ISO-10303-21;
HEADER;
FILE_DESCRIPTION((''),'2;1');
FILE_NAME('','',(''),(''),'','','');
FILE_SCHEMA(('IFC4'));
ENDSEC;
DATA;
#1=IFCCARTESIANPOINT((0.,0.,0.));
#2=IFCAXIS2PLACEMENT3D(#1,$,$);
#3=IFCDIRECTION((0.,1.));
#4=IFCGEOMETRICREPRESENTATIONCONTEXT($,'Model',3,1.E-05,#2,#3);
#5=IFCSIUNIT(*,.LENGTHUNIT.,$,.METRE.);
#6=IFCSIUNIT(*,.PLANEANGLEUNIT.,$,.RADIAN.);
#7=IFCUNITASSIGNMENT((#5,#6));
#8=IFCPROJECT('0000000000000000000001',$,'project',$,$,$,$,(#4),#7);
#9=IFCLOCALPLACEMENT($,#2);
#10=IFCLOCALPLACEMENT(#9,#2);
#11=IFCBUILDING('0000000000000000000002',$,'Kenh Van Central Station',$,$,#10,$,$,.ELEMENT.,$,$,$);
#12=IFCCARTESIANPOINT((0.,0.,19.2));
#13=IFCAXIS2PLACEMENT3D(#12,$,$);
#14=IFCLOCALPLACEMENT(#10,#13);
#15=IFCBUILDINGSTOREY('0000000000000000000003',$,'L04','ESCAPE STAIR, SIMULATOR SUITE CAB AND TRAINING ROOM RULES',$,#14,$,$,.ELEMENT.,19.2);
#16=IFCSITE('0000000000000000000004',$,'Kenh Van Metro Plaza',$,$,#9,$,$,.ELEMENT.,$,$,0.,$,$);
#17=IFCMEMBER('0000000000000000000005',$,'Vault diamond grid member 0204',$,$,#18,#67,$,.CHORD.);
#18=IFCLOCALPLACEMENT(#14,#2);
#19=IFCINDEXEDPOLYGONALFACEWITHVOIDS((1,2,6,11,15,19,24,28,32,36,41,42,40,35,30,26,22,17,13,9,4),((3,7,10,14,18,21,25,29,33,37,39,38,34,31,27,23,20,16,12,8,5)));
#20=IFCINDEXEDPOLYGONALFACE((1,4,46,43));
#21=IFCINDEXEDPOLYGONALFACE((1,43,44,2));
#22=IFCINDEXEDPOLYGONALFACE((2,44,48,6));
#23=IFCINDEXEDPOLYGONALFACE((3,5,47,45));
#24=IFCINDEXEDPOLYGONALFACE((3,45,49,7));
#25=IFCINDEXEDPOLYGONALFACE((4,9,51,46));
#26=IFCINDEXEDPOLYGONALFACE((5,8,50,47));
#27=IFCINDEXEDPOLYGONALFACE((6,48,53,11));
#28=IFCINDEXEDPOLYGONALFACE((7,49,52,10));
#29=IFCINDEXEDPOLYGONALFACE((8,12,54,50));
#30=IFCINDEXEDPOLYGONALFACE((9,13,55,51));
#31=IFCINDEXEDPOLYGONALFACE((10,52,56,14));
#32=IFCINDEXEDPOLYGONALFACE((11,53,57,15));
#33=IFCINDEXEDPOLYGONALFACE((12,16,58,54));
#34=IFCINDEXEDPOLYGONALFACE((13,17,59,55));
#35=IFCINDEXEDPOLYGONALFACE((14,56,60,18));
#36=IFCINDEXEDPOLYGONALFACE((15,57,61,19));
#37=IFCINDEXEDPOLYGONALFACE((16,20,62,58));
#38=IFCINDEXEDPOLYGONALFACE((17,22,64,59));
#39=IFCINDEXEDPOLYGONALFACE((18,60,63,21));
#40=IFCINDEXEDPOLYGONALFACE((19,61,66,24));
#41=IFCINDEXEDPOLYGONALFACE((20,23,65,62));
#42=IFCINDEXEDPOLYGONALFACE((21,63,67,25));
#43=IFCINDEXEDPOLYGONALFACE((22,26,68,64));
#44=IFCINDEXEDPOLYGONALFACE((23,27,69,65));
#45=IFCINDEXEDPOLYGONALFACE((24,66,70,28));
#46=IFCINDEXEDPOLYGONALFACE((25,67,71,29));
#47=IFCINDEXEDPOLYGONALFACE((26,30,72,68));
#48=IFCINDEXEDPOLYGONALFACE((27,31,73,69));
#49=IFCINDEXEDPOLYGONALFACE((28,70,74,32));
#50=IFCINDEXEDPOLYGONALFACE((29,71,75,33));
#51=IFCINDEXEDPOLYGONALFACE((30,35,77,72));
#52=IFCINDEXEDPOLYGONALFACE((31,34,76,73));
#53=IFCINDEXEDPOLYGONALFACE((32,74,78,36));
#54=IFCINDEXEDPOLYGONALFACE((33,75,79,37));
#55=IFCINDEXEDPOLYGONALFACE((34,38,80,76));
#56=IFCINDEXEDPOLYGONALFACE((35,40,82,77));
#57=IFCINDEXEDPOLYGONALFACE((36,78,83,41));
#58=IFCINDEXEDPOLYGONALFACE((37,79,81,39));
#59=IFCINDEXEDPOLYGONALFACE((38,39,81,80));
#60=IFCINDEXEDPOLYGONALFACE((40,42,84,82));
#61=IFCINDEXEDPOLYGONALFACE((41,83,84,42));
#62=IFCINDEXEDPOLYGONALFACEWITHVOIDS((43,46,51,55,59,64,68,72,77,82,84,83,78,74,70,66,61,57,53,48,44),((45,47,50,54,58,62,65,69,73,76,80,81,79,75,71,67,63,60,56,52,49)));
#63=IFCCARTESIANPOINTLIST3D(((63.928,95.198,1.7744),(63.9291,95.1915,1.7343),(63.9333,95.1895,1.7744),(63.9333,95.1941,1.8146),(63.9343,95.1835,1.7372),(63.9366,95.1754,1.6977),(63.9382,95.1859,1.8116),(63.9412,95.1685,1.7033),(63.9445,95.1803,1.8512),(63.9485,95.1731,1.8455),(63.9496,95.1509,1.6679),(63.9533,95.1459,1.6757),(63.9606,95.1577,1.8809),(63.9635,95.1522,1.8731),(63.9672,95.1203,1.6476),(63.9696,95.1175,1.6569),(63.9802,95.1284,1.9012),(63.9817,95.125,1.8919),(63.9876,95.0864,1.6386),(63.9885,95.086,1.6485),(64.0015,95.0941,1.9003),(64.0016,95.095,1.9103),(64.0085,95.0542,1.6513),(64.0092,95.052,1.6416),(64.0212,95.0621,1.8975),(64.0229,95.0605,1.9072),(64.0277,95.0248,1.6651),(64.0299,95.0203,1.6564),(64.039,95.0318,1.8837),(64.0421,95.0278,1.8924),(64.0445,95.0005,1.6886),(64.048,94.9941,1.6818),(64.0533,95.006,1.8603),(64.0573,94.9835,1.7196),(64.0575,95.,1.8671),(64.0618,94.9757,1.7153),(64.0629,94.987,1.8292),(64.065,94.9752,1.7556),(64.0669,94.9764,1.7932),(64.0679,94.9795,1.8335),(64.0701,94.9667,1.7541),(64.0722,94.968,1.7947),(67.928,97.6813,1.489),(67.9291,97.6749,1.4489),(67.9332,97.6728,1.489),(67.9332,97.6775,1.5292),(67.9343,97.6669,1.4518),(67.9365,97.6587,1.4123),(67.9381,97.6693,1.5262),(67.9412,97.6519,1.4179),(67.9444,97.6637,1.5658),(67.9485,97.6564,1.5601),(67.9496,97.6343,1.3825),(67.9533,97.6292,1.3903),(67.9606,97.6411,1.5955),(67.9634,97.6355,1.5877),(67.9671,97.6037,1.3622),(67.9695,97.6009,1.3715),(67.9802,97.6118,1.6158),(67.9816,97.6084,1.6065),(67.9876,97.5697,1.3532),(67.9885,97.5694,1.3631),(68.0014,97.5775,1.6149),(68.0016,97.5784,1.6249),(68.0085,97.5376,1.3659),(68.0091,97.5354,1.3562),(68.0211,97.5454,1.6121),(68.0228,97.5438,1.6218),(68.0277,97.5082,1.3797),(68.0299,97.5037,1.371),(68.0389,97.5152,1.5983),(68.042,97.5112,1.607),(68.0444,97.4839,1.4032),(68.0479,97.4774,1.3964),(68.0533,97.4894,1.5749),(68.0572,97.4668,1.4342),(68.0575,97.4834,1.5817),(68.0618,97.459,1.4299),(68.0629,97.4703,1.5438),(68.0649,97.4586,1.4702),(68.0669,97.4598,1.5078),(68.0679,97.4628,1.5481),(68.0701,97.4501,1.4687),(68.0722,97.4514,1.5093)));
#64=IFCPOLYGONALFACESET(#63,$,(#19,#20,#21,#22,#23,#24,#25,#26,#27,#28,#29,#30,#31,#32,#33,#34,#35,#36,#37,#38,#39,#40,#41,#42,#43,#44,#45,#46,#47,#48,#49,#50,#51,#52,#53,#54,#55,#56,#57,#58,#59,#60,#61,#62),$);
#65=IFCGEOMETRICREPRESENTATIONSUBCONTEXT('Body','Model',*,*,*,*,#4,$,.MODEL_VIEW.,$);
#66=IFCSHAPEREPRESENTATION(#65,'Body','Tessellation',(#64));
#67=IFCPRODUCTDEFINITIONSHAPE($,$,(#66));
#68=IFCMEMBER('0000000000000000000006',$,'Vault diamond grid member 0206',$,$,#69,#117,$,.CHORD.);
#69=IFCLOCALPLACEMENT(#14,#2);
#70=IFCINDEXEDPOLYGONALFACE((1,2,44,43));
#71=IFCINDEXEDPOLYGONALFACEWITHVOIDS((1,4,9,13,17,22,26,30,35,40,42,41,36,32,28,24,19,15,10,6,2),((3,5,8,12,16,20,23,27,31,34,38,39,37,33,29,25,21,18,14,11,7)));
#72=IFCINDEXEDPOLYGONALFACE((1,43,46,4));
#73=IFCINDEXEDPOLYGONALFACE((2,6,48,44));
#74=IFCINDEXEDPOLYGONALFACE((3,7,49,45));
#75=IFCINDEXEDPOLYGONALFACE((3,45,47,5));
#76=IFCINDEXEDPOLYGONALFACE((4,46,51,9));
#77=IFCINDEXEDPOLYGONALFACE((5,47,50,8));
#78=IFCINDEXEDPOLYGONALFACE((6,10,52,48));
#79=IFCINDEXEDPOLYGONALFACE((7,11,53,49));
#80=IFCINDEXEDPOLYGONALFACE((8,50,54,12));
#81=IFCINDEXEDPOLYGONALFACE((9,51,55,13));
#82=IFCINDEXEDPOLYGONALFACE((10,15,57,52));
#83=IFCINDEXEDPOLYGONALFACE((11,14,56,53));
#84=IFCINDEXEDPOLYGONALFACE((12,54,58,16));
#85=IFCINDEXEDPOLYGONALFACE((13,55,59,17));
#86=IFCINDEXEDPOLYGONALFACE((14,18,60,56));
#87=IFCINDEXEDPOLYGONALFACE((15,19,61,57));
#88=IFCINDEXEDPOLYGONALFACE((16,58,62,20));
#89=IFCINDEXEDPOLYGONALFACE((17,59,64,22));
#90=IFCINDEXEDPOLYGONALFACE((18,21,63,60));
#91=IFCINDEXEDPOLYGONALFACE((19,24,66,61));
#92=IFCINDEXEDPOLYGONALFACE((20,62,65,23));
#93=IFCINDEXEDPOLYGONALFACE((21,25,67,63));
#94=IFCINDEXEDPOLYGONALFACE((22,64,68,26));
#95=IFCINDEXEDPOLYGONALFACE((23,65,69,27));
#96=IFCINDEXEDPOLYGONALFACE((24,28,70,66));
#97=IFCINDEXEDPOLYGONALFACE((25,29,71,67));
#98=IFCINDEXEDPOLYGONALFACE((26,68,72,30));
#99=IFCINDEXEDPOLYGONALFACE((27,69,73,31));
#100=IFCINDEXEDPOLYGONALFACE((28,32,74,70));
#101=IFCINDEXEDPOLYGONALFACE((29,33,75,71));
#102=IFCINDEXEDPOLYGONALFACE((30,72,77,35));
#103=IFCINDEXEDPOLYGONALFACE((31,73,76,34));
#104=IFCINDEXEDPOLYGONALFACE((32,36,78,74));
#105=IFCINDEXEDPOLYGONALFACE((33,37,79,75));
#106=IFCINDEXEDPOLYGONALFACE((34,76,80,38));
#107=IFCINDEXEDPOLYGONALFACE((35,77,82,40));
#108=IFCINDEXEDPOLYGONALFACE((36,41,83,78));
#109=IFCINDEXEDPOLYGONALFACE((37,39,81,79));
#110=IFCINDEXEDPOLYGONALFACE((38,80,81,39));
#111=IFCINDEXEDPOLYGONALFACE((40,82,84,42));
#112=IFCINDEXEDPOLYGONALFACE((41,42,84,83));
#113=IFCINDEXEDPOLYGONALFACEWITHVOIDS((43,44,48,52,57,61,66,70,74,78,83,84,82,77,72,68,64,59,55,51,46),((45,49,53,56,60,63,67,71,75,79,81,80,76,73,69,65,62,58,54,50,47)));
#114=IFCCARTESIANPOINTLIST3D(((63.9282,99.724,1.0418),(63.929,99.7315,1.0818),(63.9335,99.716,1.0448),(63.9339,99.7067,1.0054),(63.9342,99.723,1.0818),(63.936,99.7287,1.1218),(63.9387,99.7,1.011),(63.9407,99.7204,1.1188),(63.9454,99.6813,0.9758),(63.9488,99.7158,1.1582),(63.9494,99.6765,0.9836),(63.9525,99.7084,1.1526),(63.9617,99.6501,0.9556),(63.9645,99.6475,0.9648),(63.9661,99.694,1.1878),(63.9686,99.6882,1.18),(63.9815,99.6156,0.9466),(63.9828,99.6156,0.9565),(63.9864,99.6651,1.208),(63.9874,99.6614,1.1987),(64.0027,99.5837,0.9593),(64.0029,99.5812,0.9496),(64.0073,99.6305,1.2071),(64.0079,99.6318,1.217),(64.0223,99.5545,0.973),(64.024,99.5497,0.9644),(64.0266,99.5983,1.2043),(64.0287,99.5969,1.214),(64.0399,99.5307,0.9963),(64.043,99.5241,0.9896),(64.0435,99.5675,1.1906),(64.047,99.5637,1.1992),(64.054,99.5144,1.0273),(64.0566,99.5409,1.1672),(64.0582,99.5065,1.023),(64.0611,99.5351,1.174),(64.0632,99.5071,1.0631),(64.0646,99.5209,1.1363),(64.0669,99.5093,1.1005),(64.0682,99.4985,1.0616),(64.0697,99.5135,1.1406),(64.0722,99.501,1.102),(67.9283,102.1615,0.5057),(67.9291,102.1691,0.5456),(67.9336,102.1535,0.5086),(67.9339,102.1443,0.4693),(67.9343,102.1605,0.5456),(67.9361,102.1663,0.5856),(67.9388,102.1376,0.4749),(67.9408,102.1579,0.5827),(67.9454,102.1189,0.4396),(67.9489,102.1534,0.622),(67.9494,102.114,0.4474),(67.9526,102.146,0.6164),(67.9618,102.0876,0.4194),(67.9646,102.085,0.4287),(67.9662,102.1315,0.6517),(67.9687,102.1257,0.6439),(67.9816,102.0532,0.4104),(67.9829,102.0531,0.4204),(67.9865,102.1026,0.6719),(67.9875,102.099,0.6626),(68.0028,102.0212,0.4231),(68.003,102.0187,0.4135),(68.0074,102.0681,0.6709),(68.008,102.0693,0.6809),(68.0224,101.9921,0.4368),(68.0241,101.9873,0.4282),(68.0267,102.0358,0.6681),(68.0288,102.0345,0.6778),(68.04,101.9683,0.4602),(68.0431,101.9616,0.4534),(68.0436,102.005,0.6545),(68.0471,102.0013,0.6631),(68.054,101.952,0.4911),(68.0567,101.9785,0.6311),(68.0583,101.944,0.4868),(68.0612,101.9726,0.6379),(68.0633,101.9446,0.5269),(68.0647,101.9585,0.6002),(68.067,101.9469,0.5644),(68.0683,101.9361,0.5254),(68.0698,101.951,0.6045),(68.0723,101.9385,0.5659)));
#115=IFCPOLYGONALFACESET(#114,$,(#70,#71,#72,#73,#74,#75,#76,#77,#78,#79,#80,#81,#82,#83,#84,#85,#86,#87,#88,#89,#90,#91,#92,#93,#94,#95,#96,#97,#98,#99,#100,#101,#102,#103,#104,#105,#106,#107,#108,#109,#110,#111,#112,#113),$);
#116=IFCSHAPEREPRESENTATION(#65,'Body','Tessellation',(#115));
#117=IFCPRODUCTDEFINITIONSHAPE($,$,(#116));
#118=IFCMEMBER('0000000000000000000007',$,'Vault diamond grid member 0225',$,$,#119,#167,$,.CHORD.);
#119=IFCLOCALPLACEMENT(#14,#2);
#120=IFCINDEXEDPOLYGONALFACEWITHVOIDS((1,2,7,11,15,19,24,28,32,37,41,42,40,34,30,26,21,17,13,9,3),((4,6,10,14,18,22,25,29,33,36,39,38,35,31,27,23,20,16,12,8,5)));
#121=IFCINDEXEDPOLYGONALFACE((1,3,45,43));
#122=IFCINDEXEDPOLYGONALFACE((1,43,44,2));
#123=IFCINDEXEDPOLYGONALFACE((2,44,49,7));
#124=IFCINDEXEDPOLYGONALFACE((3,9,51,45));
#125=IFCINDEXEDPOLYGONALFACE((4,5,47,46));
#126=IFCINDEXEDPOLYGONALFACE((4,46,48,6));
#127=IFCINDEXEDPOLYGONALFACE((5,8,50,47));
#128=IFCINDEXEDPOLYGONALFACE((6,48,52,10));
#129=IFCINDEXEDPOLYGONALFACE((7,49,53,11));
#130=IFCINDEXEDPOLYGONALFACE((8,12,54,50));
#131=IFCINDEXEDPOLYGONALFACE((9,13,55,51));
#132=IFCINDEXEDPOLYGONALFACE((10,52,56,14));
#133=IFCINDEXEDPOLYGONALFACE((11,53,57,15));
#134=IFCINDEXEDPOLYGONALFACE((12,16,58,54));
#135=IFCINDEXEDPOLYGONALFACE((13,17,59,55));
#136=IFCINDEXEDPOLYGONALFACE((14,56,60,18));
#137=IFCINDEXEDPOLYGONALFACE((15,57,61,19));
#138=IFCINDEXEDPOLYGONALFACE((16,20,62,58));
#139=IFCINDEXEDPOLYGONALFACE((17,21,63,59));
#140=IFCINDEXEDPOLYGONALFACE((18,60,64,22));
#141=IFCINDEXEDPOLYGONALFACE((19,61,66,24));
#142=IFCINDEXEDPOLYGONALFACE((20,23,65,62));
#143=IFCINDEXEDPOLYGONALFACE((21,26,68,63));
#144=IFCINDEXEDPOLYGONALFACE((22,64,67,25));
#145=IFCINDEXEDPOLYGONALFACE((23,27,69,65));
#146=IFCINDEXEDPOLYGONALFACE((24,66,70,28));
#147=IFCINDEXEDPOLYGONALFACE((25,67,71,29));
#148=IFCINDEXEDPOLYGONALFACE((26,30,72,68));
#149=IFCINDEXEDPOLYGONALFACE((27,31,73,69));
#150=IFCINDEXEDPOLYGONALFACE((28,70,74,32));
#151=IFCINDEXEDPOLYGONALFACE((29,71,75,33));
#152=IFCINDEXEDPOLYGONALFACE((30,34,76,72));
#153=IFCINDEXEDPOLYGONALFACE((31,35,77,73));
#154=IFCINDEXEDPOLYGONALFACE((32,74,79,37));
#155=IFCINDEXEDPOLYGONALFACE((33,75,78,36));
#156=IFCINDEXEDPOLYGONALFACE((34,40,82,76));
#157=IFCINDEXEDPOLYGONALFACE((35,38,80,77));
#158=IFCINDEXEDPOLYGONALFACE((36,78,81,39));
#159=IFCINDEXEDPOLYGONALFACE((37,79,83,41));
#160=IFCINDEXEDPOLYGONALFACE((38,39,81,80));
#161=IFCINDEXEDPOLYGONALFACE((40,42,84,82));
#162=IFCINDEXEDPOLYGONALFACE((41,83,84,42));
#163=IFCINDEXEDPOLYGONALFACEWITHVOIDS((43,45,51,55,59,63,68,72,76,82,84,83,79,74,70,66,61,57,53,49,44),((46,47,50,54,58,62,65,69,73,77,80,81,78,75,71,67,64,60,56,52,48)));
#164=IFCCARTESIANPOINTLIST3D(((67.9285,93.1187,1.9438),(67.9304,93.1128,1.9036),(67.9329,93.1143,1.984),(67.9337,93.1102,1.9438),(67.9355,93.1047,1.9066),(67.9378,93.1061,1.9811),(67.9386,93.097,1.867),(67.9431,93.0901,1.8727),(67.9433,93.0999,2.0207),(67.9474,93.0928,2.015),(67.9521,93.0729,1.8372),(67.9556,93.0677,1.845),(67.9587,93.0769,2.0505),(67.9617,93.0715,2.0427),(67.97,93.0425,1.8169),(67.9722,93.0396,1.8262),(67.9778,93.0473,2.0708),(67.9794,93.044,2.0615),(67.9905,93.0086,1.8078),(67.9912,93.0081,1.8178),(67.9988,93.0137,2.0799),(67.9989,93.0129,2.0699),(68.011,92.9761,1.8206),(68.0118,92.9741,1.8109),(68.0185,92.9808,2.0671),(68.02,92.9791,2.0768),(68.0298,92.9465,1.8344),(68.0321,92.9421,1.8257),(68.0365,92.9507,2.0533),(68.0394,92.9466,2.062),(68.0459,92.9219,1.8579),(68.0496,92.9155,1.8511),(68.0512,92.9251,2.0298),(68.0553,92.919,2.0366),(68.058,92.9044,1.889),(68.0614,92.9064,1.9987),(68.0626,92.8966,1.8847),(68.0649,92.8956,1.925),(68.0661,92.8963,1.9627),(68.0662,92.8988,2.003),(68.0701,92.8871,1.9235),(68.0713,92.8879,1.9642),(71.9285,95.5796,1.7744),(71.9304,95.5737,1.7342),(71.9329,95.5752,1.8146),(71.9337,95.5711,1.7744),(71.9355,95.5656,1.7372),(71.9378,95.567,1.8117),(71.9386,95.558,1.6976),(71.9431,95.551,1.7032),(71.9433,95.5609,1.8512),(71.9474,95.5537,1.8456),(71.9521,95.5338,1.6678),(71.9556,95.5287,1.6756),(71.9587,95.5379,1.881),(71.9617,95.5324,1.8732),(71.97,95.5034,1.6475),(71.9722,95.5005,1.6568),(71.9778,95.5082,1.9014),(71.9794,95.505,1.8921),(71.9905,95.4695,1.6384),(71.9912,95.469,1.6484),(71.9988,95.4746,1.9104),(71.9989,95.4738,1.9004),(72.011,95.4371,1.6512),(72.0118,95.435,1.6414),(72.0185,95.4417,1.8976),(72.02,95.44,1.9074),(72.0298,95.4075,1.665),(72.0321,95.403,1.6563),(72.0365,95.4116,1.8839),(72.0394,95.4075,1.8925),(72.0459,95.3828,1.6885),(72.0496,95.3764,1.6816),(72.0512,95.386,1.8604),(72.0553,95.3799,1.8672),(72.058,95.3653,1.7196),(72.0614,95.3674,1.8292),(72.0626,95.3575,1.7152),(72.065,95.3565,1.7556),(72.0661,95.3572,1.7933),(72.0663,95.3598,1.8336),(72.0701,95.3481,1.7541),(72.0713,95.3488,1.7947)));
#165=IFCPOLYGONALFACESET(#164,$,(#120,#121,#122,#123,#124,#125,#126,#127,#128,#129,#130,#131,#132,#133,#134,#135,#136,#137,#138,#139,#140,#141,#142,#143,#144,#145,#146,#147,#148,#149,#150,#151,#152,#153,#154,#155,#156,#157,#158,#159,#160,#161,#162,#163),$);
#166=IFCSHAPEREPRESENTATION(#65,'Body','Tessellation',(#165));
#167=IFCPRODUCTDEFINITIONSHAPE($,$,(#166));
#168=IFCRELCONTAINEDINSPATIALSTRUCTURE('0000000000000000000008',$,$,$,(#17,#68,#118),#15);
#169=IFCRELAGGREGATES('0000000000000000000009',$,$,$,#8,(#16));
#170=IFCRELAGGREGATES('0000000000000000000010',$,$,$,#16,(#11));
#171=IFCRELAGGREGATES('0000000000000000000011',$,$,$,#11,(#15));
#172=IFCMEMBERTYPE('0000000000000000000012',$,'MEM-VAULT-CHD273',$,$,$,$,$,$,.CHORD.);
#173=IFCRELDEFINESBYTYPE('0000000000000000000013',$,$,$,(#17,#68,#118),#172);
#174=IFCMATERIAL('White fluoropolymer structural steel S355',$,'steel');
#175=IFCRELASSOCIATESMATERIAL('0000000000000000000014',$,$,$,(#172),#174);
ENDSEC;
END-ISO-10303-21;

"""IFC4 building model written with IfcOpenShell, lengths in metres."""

from ifc_helpers import new_model, si_unit, direction, frame, origin, origin_2d, place, context, subcontext, project, spatial, hollow_circle, extrude, material, material_profile, profile_set, type_object, element, save


model = new_model("IFC4")

# Units and contexts
model_context = context("Model", 3, precision=1e-05, world=origin(), true_north=direction((0.0, 1.0)))
body_context = subcontext(model_context, "Body", "Model", "MODEL_VIEW")
ifc_project = project(units=[si_unit("LENGTHUNIT", "METRE"), si_unit("PLANEANGLEUNIT", "RADIAN")], contexts=[model_context])

# Site, building, storey
site_placement = place(None, origin())
site = spatial("IfcSite", under=ifc_project, at=site_placement, Name="Kenh Van Metro Plaza", CompositionType="ELEMENT", RefElevation=0.0)
building_placement = place(site_placement, origin())
building = spatial("IfcBuilding", under=site, at=building_placement, Name="Kenh Van Central Station", CompositionType="ELEMENT")
storey_placement = place(building_placement, frame((0.0, 0.0, 19.2)))
storey = spatial("IfcBuildingStorey", under=building, at=storey_placement, Name="L04", Description="ESCAPE STAIR, SIMULATOR SUITE CAB AND TRAINING ROOM RULES", CompositionType="ELEMENT", Elevation=19.2)

# Shared definitions
ifc_material_1 = material(Name="White fluoropolymer structural steel S355", Category="steel")

# Members
ifc_material_profile_1 = material_profile(ifc_material_1, hollow_circle(Radius=0.1365, WallThickness=0.01, at=origin_2d()), Name="CHS 273x10")
ifc_profile_set_1 = profile_set([ifc_material_profile_1], Name="White fluoropolymer structural steel S355")
member_type_1 = type_object("IfcMemberType", Name="MEM-VAULT-CHD273", PredefinedType="CHORD", material=ifc_profile_set_1)
member_1_placement = place(storey_placement, frame((64.0, 95.082, 1.7744), z_axis=(0.848023, 0.526495, -0.060507), x_axis=(-0.527461, 0.849579, 0.0)))
element("IfcMember", 1, at=member_1_placement, inside=storey, type_object=member_type_1, Name="Vault diamond grid member 0204", PredefinedType="CHORD", context=body_context, shape_type="SweptSolid", body=[
    extrude(hollow_circle(Radius=0.1365, WallThickness=0.01, at=origin_2d()), origin(), (0.0, 0.0, 1.0), 4.7168),
])
member_2_placement = place(storey_placement, frame((64.0, 99.615, 1.0818), z_axis=(0.848402, 0.516995, -0.113714), x_axis=(-0.52037, 0.853941, 0.0)))
element("IfcMember", 2, at=member_2_placement, inside=storey, type_object=member_type_1, Name="Vault diamond grid member 0206", PredefinedType="CHORD", context=body_context, shape_type="SweptSolid", body=[
    extrude(hollow_circle(Radius=0.1365, WallThickness=0.01, at=origin_2d()), origin(), (0.0, 0.0, 1.0), 4.7148),
])
member_3_placement = place(storey_placement, frame((68.0, 93.0024, 1.9438), z_axis=(0.851162, 0.523664, -0.036054), x_axis=(-0.524005, 0.851715, 0.0)))
element("IfcMember", 3, at=member_3_placement, inside=storey, type_object=member_type_1, Name="Vault diamond grid member 0225", PredefinedType="CHORD", context=body_context, shape_type="SweptSolid", body=[
    extrude(hollow_circle(Radius=0.1365, WallThickness=0.01, at=origin_2d()), origin(), (0.0, 0.0, 1.0), 4.6995),
])

save(model, "model.ifc")
